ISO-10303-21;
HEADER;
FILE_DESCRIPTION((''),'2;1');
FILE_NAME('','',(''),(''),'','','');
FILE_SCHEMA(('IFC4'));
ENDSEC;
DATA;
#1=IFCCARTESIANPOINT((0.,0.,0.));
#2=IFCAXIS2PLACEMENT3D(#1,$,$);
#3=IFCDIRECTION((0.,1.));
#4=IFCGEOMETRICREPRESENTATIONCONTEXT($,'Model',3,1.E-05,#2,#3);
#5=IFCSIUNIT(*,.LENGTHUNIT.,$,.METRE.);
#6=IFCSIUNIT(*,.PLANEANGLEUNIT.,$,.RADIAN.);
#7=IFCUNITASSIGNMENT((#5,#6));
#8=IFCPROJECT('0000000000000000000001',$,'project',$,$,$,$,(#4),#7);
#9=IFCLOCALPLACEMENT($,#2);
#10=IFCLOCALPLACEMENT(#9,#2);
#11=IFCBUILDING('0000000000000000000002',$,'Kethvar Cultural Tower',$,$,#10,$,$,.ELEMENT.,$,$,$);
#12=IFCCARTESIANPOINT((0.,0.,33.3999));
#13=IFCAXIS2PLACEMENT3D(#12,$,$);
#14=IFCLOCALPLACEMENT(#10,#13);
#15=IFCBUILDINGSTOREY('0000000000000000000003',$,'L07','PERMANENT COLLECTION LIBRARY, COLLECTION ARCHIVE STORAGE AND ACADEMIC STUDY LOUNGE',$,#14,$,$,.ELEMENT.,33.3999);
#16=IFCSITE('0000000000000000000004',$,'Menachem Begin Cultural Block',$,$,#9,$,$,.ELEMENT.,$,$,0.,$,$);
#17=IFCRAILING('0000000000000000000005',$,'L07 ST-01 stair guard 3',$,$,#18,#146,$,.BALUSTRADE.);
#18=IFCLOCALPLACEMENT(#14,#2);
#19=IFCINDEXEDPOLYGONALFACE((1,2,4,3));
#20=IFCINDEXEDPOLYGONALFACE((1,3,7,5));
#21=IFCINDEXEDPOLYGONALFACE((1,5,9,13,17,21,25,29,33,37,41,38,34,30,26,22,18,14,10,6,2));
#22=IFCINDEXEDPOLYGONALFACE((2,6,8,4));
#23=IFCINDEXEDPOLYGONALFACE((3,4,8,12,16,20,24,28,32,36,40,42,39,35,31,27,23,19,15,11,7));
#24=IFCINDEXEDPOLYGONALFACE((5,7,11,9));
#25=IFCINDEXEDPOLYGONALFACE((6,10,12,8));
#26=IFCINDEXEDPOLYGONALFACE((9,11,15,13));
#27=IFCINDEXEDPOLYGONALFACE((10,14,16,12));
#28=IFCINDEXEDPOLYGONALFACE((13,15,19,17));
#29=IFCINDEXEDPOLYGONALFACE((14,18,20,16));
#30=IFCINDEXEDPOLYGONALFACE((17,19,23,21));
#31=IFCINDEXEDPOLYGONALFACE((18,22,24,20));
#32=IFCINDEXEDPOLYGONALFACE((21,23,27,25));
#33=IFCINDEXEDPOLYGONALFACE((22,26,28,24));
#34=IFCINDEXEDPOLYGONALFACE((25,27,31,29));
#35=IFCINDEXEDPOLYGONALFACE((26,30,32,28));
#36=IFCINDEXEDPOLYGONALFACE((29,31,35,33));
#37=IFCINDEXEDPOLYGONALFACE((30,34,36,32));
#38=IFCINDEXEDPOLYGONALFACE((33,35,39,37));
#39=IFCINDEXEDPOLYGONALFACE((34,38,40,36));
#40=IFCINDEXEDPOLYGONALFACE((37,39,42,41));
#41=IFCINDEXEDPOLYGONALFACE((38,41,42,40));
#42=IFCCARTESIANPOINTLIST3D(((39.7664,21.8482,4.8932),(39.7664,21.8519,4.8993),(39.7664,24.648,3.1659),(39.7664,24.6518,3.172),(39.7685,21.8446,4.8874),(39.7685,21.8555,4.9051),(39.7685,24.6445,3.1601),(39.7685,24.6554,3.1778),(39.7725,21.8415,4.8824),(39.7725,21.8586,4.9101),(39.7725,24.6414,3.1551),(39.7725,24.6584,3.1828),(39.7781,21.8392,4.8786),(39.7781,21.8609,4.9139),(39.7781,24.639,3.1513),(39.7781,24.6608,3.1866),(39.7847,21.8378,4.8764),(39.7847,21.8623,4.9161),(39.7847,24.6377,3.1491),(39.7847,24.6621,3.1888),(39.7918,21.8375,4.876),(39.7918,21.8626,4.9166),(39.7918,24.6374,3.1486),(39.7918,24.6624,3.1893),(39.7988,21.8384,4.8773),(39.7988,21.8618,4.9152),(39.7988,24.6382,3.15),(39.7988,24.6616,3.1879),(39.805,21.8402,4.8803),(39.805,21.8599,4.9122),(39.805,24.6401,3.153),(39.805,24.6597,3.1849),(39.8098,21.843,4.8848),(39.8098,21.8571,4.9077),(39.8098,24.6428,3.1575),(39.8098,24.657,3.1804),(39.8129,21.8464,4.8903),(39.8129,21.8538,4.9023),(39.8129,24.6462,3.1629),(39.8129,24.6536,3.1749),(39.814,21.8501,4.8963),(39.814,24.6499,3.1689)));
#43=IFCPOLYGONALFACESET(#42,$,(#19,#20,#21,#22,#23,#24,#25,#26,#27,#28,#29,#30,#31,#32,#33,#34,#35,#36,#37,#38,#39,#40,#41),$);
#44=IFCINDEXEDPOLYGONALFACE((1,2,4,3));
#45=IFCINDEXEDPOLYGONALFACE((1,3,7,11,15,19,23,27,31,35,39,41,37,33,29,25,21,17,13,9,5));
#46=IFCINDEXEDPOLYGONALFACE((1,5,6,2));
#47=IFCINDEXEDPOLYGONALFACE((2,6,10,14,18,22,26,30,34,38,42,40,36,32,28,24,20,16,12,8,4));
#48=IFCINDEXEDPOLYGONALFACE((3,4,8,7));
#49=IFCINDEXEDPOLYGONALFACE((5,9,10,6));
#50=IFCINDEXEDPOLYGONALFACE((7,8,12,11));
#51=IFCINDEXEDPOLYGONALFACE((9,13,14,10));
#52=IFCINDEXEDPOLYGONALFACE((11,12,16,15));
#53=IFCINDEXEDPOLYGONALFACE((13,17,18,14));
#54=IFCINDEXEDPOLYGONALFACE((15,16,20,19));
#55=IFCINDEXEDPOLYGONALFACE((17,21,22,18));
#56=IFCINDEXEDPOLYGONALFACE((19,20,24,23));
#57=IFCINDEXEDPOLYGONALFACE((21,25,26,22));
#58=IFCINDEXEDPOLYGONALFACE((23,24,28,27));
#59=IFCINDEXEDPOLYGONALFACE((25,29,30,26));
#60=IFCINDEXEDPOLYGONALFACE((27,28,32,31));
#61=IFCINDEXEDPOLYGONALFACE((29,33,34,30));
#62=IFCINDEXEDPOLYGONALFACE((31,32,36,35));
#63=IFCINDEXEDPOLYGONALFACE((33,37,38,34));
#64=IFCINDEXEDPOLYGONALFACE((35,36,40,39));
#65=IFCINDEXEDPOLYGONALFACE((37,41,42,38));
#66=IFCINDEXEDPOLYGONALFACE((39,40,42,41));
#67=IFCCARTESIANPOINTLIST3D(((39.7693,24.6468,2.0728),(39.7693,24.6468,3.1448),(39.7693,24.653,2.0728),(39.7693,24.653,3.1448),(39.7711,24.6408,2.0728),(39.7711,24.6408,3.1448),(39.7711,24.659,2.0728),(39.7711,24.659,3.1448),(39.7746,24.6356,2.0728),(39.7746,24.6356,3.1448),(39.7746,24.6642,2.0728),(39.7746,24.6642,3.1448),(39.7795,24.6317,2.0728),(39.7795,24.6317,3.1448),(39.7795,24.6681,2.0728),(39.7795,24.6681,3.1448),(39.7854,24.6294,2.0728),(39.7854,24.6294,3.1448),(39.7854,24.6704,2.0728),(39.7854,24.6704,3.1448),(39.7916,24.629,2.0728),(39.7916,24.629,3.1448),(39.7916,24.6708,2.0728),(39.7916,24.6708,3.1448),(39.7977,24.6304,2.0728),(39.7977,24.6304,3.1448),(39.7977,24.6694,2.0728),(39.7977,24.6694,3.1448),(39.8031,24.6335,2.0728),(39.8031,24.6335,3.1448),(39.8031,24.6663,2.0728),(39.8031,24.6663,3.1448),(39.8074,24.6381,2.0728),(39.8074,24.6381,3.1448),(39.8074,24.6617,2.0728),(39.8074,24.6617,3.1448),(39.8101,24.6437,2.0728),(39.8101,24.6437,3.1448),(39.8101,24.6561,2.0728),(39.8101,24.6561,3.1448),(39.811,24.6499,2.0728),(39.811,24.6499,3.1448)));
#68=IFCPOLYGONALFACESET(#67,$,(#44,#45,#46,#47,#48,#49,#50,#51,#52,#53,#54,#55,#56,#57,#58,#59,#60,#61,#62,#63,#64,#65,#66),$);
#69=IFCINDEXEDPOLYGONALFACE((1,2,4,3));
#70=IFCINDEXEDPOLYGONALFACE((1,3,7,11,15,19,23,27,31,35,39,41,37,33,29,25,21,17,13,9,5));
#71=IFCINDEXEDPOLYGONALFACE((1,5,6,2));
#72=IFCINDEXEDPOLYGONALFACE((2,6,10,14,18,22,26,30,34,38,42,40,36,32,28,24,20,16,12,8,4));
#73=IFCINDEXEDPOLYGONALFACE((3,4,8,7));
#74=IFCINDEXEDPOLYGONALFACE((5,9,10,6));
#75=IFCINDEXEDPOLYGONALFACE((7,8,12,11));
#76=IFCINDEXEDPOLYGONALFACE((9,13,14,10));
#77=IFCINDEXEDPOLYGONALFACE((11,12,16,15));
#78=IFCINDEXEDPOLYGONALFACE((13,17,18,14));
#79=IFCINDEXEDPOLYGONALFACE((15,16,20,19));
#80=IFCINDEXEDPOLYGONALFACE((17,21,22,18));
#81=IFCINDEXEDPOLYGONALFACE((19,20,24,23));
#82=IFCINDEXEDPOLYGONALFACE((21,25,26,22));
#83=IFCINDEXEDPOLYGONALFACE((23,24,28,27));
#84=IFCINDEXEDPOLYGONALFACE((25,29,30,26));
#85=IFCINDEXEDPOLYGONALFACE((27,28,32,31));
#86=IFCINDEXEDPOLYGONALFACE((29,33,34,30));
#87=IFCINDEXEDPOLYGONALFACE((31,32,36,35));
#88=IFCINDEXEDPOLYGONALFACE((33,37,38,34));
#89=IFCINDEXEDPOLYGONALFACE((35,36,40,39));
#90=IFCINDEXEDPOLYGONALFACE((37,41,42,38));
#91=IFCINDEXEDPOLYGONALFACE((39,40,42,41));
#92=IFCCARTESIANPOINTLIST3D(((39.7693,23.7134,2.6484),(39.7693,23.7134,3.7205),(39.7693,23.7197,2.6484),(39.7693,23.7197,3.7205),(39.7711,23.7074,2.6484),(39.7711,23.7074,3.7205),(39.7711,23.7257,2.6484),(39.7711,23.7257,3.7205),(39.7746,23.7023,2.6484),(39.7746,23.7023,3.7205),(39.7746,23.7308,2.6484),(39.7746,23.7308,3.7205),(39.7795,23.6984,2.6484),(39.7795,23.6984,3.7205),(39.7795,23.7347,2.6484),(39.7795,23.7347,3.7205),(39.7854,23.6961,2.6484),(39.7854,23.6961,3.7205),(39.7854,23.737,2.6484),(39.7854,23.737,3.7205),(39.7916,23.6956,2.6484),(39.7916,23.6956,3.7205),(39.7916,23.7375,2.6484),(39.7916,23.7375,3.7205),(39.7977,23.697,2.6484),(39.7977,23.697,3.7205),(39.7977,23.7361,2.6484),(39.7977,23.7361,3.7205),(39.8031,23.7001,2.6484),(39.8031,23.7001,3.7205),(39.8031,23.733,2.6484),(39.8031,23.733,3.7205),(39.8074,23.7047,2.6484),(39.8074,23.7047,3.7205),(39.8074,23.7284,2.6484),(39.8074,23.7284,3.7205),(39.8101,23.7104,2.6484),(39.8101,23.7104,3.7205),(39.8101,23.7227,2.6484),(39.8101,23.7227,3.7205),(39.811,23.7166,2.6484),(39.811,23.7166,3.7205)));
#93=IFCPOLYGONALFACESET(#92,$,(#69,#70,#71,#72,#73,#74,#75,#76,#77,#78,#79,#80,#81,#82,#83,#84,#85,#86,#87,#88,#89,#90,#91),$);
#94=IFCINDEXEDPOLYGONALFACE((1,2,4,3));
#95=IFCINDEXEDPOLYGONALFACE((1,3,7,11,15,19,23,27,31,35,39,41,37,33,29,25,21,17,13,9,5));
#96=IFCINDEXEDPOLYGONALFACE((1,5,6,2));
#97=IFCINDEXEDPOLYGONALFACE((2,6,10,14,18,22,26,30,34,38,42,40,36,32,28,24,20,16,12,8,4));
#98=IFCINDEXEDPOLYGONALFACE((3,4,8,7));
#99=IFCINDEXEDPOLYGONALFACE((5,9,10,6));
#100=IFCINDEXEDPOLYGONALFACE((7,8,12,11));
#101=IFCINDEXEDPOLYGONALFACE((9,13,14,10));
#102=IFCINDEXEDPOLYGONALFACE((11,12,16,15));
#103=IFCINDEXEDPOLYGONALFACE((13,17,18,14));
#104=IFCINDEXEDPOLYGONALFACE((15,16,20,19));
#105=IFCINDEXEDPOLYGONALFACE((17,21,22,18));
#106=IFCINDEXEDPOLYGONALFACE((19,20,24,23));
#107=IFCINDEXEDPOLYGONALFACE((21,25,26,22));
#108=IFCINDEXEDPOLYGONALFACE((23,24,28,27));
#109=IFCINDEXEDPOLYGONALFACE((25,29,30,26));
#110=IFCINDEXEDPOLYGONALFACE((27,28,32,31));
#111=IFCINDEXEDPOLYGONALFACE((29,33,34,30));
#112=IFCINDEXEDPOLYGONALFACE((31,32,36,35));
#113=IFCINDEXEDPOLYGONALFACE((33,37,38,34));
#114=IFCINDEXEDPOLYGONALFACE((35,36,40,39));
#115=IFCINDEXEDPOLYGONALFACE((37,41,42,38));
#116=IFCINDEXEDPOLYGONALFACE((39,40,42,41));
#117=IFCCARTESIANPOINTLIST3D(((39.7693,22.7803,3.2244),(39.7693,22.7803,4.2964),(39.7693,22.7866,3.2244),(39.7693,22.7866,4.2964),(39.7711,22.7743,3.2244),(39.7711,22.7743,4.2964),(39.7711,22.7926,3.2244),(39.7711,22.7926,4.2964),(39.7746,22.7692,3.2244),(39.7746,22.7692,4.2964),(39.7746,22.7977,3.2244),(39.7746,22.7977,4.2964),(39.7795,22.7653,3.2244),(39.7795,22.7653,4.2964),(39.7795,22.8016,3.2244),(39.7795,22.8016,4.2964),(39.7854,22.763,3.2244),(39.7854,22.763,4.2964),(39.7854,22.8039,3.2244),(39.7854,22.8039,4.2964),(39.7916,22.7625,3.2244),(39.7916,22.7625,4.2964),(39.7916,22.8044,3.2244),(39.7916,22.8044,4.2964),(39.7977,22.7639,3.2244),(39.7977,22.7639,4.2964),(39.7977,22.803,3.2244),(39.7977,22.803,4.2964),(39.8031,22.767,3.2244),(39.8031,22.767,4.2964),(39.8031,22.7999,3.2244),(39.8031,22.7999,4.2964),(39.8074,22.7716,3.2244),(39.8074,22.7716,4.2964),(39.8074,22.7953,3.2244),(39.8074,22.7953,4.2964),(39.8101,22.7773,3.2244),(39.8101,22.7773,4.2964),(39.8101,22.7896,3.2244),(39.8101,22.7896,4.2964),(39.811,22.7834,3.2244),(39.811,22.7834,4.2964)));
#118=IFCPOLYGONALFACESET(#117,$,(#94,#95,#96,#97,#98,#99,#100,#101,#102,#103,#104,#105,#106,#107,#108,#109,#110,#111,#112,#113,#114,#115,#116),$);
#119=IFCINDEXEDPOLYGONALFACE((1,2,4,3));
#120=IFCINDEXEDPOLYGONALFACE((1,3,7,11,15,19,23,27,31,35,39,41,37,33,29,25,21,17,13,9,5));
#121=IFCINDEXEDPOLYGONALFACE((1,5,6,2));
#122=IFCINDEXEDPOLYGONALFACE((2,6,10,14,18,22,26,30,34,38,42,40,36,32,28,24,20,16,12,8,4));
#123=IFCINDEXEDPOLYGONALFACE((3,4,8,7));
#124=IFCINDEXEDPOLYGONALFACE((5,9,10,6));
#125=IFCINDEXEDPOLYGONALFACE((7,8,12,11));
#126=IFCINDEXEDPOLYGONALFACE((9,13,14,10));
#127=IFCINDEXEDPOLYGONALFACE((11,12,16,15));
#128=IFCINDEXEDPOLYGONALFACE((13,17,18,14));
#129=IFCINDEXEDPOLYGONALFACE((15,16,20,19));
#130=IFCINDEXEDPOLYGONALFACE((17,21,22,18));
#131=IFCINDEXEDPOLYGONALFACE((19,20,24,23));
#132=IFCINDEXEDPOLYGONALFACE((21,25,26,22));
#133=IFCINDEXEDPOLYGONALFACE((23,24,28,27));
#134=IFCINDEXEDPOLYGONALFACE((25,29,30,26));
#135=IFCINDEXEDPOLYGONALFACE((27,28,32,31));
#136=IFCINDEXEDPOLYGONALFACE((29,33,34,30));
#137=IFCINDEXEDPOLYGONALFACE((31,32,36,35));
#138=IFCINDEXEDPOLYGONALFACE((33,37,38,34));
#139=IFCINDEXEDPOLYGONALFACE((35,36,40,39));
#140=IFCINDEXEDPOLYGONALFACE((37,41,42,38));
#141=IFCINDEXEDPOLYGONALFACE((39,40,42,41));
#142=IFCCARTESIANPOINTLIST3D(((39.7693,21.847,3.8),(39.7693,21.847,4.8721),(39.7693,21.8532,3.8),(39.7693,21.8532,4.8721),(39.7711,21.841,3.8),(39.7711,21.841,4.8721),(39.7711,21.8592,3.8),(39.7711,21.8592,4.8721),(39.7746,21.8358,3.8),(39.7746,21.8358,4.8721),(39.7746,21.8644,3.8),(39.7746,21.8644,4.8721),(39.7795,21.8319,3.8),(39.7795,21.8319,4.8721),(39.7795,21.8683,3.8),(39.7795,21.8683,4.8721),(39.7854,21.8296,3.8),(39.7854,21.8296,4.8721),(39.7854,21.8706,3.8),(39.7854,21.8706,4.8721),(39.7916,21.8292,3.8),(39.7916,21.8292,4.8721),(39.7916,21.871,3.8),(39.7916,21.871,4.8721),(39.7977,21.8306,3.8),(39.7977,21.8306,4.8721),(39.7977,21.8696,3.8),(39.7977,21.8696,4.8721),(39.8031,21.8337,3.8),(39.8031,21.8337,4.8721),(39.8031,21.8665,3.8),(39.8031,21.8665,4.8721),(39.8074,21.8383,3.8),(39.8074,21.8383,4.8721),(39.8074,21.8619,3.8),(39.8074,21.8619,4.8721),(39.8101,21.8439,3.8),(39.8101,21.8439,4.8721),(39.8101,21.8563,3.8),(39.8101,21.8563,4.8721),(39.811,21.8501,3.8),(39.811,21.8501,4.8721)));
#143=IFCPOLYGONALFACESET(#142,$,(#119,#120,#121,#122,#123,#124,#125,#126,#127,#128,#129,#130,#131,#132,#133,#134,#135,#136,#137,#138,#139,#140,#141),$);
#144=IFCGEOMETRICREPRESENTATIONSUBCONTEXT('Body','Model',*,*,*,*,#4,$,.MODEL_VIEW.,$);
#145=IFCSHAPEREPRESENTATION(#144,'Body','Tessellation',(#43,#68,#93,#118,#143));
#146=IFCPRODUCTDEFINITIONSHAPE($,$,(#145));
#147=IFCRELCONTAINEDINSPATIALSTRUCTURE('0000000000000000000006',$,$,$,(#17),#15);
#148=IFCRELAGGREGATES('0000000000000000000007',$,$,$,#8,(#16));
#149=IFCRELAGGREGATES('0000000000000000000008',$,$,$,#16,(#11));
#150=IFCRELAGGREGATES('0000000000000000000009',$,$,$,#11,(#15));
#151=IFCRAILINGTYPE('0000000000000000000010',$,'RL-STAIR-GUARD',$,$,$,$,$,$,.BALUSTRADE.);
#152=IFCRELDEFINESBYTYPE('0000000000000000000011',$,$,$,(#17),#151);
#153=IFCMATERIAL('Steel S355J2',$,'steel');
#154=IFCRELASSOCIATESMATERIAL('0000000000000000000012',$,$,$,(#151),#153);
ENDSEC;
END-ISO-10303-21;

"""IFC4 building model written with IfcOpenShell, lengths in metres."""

from ifc_helpers import new_model, si_unit, direction, frame, origin, origin_2d, place, context, subcontext, project, spatial, circle, extrude, material, type_object, element, save


model = new_model("IFC4")

# Units and contexts
model_context = context("Model", 3, precision=1e-05, world=origin(), true_north=direction((0.0, 1.0)))
body_context = subcontext(model_context, "Body", "Model", "MODEL_VIEW")
ifc_project = project(units=[si_unit("LENGTHUNIT", "METRE"), si_unit("PLANEANGLEUNIT", "RADIAN")], contexts=[model_context])

# Site, building, storey
site_placement = place(None, origin())
site = spatial("IfcSite", under=ifc_project, at=site_placement, Name="Menachem Begin Cultural Block", CompositionType="ELEMENT", RefElevation=0.0)
building_placement = place(site_placement, origin())
building = spatial("IfcBuilding", under=site, at=building_placement, Name="Kethvar Cultural Tower", CompositionType="ELEMENT")
storey_placement = place(building_placement, frame((0.0, 0.0, 33.3999)))
storey = spatial("IfcBuildingStorey", under=building, at=storey_placement, Name="L07", Description="PERMANENT COLLECTION LIBRARY, COLLECTION ARCHIVE STORAGE AND ACADEMIC STUDY LOUNGE", CompositionType="ELEMENT", Elevation=33.3999)

# Shared definitions
ifc_material_1 = material(Name="Steel S355J2", Category="steel")

# Railing
railing_type_1 = type_object("IfcRailingType", Name="RL-STAIR-GUARD", PredefinedType="BALUSTRADE", material=ifc_material_1)
railing_1_placement = place(storey_placement, frame((39.79, 24.6499, 2.0728)))
element("IfcRailing", 1, at=railing_1_placement, inside=storey, type_object=railing_type_1, Name="L07 ST-01 stair guard 3", PredefinedType="BALUSTRADE", context=body_context, shape_type="SweptSolid", body=[
    extrude(circle(Radius=0.0239, at=origin_2d()), frame((0.0, 0.0, 1.0962), z_axis=(0.0, -0.851069, 0.525054), x_axis=(1.0, 0.0, 0.0)), (0.0, 0.0, 1.0), 3.2898),
    extrude(circle(Radius=0.021, at=origin_2d()), origin(), (0.0, 0.0, 1.0), 1.072),
    extrude(circle(Radius=0.021, at=origin_2d()), frame((0.0, -0.9333, 0.5757)), (0.0, 0.0, 1.0), 1.072),
    extrude(circle(Radius=0.021, at=origin_2d()), frame((0.0, -1.8665, 1.1516)), (0.0, 0.0, 1.0), 1.072),
    extrude(circle(Radius=0.021, at=origin_2d()), frame((0.0, -2.7998, 1.7273)), (0.0, 0.0, 1.0), 1.072),
])

save(model, "model.ifc")
